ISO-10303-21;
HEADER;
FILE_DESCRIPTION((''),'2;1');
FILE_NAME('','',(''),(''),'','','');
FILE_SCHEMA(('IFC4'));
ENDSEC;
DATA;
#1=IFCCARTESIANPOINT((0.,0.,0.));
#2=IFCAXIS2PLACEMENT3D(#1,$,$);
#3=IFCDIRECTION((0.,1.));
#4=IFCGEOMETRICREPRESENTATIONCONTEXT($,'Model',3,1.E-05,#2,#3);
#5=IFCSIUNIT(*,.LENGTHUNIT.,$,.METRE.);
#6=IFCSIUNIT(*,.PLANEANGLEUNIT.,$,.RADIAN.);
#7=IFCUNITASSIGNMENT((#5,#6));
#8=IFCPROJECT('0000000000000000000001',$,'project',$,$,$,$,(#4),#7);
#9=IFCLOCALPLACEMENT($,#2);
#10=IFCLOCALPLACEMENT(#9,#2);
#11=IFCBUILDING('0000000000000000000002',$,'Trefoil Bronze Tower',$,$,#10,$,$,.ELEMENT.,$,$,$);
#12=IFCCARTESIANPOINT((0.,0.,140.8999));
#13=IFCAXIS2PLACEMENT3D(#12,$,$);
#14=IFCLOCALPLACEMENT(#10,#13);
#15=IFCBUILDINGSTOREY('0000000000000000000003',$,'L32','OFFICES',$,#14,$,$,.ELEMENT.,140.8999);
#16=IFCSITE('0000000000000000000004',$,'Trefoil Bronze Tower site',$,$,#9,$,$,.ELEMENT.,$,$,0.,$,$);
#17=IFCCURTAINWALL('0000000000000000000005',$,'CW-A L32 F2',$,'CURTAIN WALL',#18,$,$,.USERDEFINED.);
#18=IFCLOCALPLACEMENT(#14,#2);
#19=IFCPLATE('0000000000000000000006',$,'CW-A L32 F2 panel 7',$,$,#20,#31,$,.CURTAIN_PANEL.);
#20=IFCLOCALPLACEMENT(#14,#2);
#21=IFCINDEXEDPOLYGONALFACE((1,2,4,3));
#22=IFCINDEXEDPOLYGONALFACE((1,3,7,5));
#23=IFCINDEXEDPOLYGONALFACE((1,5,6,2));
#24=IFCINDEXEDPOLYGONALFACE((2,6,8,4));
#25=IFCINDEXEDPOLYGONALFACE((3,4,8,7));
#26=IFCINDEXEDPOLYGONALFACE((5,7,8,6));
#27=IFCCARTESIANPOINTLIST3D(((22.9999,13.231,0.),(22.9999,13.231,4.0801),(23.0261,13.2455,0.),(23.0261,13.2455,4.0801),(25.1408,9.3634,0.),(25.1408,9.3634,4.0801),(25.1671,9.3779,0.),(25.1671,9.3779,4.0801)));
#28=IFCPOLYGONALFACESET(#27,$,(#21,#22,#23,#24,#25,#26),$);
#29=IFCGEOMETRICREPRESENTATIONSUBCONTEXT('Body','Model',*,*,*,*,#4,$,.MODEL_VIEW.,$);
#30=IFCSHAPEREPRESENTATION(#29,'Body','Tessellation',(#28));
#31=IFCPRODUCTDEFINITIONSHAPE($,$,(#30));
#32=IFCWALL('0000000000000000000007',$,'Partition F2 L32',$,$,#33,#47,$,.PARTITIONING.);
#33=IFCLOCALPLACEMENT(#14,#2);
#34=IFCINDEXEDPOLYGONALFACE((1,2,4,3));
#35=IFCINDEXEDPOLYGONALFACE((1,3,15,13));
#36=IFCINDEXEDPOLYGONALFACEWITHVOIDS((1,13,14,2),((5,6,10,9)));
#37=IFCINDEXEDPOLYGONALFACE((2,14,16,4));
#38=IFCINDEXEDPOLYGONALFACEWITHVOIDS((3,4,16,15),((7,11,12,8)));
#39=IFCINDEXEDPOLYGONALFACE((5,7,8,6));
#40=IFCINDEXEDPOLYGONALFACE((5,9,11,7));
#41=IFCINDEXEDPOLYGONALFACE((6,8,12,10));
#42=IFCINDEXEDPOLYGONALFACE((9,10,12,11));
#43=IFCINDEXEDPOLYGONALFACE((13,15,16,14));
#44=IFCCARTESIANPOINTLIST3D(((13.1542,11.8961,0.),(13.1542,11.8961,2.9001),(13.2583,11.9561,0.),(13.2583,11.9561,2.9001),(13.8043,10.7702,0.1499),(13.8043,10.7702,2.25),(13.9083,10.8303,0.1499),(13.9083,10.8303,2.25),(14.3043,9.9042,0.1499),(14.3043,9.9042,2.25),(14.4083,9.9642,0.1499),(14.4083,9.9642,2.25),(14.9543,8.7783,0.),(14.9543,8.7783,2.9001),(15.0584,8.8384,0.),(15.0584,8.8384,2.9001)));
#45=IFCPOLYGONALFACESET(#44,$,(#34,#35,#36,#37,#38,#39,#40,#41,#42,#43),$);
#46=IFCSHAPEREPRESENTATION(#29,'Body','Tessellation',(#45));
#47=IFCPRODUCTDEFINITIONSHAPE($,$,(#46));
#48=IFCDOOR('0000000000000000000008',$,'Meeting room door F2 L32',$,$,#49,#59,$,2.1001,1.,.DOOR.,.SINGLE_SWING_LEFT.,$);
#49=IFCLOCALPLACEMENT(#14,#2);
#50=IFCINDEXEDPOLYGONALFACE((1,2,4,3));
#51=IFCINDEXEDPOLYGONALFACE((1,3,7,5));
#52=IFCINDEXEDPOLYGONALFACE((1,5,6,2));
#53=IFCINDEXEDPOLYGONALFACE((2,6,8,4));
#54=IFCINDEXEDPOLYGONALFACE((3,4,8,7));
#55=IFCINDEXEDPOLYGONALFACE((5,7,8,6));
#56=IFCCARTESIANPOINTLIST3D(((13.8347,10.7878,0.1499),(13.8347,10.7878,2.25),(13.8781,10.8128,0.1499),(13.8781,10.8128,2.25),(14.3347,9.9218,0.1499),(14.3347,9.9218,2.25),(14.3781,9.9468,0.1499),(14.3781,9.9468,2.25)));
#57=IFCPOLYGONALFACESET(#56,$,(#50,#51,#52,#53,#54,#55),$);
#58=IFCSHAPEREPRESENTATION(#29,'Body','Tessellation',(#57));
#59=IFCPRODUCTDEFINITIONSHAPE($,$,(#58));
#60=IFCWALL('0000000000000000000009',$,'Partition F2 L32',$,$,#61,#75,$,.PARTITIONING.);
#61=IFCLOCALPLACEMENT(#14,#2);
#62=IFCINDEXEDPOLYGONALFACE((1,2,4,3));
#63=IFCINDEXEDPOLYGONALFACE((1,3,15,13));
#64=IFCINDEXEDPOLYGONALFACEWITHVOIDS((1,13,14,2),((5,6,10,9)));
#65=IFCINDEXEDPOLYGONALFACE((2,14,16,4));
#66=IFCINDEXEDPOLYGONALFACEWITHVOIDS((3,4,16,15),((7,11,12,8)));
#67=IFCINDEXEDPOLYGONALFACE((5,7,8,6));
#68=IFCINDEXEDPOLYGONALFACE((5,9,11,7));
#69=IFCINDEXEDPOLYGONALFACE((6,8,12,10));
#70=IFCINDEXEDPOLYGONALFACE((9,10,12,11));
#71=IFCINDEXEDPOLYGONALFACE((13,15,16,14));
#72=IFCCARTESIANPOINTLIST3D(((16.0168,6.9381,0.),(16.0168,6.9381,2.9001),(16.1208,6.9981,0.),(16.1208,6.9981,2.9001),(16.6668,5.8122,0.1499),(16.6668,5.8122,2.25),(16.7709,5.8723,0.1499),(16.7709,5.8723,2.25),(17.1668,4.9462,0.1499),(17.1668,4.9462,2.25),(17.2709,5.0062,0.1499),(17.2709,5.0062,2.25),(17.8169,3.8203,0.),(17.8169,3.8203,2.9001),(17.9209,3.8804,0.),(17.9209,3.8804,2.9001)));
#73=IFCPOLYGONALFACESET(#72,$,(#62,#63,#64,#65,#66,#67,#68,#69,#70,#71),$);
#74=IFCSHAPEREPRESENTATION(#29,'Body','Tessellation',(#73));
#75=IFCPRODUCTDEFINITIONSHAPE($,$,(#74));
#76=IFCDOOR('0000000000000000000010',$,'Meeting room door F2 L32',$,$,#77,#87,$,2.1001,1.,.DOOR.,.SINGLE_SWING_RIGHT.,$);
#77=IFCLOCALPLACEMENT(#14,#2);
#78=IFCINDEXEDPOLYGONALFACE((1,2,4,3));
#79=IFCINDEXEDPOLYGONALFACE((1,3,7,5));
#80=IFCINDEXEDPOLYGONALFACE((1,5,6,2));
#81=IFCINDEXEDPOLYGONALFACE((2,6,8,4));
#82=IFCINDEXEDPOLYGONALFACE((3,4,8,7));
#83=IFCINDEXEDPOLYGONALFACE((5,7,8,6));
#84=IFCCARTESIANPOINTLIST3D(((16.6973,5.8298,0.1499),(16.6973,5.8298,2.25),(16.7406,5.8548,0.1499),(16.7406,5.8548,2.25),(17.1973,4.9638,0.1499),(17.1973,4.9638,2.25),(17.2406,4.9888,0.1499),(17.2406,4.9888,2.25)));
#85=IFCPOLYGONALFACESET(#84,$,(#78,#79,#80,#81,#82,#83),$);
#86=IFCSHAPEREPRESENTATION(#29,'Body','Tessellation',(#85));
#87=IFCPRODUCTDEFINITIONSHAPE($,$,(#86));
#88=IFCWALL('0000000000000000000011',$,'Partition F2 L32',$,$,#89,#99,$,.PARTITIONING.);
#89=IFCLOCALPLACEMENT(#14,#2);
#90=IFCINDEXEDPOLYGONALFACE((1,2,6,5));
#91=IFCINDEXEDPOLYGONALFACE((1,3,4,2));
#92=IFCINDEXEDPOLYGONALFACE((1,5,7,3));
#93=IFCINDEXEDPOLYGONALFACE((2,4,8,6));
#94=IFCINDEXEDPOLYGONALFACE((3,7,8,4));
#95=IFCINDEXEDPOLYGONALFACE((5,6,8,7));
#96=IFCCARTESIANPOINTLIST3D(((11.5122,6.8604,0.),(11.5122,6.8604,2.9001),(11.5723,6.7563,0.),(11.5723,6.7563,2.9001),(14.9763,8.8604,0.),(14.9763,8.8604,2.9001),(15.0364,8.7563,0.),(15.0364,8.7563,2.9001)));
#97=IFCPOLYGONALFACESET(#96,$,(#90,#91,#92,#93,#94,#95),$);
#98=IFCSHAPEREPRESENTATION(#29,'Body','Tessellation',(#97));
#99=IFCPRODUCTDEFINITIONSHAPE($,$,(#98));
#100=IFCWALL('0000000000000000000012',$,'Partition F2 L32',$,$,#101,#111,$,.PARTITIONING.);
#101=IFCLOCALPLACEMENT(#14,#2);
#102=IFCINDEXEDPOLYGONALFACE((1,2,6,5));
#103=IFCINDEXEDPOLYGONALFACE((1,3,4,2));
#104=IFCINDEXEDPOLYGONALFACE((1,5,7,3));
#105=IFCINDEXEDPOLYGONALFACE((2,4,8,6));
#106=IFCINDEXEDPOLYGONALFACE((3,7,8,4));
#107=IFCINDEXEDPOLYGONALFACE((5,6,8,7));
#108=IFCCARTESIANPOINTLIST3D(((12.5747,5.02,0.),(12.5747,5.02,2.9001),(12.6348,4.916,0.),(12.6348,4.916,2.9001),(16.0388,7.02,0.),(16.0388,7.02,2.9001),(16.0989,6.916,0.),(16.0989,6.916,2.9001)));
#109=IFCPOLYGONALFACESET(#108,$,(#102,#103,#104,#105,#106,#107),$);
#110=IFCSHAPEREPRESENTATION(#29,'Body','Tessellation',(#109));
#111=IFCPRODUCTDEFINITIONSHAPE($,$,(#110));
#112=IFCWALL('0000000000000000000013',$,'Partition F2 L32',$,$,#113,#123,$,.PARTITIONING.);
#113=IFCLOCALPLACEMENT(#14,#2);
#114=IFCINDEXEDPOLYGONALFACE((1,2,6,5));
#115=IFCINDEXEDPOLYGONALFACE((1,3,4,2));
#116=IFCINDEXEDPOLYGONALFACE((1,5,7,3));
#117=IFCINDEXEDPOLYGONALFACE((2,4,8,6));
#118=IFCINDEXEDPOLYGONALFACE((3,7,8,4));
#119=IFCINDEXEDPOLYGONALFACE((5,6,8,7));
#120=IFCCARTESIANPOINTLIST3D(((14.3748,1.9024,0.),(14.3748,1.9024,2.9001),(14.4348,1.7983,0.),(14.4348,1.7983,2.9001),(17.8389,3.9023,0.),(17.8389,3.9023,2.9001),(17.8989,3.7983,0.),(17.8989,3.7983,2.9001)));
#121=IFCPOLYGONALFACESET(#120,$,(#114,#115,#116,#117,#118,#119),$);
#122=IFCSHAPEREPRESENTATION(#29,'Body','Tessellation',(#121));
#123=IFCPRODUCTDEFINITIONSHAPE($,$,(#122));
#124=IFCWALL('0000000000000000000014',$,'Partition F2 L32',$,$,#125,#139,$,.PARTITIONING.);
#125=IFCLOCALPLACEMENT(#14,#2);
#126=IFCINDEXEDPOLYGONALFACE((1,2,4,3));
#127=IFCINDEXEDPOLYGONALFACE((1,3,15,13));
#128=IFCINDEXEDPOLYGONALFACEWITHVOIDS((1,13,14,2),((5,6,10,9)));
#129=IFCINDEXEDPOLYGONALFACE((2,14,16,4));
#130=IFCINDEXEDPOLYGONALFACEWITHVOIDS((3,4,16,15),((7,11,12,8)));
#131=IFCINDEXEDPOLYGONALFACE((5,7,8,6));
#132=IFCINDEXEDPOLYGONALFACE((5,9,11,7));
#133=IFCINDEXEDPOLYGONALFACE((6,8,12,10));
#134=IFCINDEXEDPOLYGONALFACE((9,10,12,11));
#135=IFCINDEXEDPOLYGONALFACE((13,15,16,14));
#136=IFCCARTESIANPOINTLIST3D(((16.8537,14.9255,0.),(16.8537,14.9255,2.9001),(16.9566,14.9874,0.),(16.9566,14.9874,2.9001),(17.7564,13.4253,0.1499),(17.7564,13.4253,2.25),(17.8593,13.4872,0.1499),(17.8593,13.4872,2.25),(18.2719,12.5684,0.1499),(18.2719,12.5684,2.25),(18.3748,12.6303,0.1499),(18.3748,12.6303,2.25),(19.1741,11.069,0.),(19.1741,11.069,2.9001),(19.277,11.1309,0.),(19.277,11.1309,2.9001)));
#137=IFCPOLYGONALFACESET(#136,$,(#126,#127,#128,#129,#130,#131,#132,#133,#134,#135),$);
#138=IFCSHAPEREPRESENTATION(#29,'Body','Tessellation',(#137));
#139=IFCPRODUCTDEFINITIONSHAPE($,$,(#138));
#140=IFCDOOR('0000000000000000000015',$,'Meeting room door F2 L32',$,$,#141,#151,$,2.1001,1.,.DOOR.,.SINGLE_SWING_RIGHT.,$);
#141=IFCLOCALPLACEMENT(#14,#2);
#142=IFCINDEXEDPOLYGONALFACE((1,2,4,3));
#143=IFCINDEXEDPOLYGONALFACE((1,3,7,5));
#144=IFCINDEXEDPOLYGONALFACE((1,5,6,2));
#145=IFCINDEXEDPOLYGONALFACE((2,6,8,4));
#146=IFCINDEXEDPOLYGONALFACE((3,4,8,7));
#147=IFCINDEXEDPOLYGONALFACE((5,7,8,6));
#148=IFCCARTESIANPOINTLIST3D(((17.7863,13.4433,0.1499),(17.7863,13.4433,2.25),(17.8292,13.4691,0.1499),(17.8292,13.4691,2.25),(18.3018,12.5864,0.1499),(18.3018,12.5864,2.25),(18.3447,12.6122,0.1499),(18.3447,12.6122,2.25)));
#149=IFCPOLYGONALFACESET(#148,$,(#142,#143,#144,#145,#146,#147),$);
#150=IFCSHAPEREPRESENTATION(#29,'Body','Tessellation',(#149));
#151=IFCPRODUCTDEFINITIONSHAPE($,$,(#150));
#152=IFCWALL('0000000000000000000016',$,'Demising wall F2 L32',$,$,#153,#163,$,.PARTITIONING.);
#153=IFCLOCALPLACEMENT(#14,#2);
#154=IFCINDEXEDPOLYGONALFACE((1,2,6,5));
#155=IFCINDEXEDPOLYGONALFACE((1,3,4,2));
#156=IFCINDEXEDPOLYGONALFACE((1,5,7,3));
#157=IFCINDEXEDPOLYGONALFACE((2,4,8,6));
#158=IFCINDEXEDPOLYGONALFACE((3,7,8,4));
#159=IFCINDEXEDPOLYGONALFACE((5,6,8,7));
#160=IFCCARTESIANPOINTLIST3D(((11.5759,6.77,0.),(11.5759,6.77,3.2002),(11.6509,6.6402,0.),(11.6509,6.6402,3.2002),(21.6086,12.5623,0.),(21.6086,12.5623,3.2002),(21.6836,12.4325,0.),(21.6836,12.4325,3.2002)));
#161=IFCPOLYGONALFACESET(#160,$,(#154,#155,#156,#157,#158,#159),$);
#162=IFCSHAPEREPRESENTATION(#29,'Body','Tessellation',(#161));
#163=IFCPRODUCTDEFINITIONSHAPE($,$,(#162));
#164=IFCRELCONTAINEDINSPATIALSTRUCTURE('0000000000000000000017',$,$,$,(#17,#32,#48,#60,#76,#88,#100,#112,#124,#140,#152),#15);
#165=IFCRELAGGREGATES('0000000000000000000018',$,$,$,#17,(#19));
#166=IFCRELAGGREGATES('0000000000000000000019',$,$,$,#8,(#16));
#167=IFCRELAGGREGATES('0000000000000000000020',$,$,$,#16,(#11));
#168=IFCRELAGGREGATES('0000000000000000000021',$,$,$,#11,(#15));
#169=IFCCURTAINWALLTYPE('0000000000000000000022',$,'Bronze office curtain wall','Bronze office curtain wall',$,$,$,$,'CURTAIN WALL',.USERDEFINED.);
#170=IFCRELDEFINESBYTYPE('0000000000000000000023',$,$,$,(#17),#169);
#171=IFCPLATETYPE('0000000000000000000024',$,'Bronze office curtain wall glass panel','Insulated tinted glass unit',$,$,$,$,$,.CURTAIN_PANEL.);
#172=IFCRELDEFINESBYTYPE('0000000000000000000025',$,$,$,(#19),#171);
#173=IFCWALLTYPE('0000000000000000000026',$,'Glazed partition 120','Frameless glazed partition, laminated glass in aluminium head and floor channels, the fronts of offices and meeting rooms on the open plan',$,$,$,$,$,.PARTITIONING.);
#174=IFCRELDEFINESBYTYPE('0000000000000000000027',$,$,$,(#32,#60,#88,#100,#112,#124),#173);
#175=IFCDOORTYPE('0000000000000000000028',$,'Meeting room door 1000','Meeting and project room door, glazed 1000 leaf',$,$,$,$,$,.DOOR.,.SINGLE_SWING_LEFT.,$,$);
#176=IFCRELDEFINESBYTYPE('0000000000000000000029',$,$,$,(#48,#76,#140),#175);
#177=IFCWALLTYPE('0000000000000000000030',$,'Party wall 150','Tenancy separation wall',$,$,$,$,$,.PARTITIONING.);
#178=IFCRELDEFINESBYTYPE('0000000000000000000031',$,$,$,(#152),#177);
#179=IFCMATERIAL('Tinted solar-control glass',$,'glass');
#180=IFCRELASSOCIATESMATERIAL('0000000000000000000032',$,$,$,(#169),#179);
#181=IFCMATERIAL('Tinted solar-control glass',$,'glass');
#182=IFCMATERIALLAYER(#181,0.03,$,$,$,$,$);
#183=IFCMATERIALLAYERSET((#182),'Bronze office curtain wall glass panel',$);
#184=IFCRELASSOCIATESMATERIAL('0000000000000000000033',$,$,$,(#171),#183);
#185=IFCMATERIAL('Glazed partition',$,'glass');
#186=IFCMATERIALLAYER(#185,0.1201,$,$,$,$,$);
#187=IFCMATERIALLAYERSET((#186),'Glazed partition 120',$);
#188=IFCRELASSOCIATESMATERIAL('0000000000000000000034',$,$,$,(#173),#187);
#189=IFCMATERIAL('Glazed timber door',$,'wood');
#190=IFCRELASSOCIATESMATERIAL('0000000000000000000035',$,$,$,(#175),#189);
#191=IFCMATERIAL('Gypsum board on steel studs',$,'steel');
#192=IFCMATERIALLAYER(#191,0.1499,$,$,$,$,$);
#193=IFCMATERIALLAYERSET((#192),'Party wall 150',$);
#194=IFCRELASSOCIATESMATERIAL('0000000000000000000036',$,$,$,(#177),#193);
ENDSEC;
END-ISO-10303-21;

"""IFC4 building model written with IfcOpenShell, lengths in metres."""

from ifc_helpers import new_model, si_unit, direction, frame, frame_2d, origin, origin_2d, place, context, subcontext, project, spatial, rectangle, extrude, material, layer, layer_set, type_object, element, fill, aggregate, save


model = new_model("IFC4")

# Units and contexts
model_context = context("Model", 3, precision=1e-05, world=origin(), true_north=direction((0.0, 1.0)))
body_context = subcontext(model_context, "Body", "Model", "MODEL_VIEW")
ifc_project = project(units=[si_unit("LENGTHUNIT", "METRE"), si_unit("PLANEANGLEUNIT", "RADIAN")], contexts=[model_context])

# Site, building, storey
site_placement = place(None, origin())
site = spatial("IfcSite", under=ifc_project, at=site_placement, Name="Trefoil Bronze Tower site", CompositionType="ELEMENT", RefElevation=0.0)
building_placement = place(site_placement, origin())
building = spatial("IfcBuilding", under=site, at=building_placement, Name="Trefoil Bronze Tower", CompositionType="ELEMENT")
storey_placement = place(building_placement, frame((0.0, 0.0, 140.8999)))
storey = spatial("IfcBuildingStorey", under=building, at=storey_placement, Name="L32", Description="OFFICES", CompositionType="ELEMENT", Elevation=140.8999)

# Curtain wall, plate
ifc_material_1 = material(Name="Tinted solar-control glass", Category="glass")
curtain_wall_type = type_object("IfcCurtainWallType", Name="Bronze office curtain wall", Description="Bronze office curtain wall", ElementType="CURTAIN WALL", PredefinedType="USERDEFINED", material=ifc_material_1)
curtain_wall_placement = place(storey_placement, origin())
curtain_wall = element("IfcCurtainWall", 1, at=curtain_wall_placement, inside=storey, type_object=curtain_wall_type, Name="CW-A L32 F2", ObjectType="CURTAIN WALL", PredefinedType="USERDEFINED")
ifc_material_2 = material(Name="Tinted solar-control glass", Category="glass")
ifc_layer_1 = layer(ifc_material_2, 0.03)
ifc_layer_set_1 = layer_set([ifc_layer_1], Name="Bronze office curtain wall glass panel")
plate_type = type_object("IfcPlateType", Name="Bronze office curtain wall glass panel", Description="Insulated tinted glass unit", PredefinedType="CURTAIN_PANEL", material=ifc_layer_set_1)
plate_placement = place(storey_placement, frame((24.0835, 11.3044, 0.0), z_axis=(0.0, 0.0, 1.0), x_axis=(-0.484312, 0.874895, 0.0)))
plate = element("IfcPlate", 2, at=plate_placement, type_object=plate_type, Name="CW-A L32 F2 panel 7", PredefinedType="CURTAIN_PANEL", context=body_context, shape_type="SweptSolid", body=[
    extrude(rectangle(XDim=4.4207, YDim=0.03, at=origin_2d()), origin(), (0.0, 0.0, 1.0), 4.0801),
])
aggregate(curtain_wall, [plate])

# Walls, openings, doors
ifc_material_3 = material(Name="Glazed partition", Category="glass")
ifc_layer_2 = layer(ifc_material_3, 0.1201)
ifc_layer_set_2 = layer_set([ifc_layer_2], Name="Glazed partition 120")
wall_type_1 = type_object("IfcWallType", Name="Glazed partition 120", Description="Frameless glazed partition, laminated glass in aluminium head and floor channels, the fronts of offices and meeting rooms on the open plan", PredefinedType="PARTITIONING", material=ifc_layer_set_2)
wall_1_placement = place(storey_placement, frame((15.0063, 8.8083, 0.0), z_axis=(0.0, 0.0, 1.0), x_axis=(-0.500012, 0.866018, 0.0)))
wall_1 = element("IfcWall", 3, at=wall_1_placement, inside=storey, type_object=wall_type_1, Name="Partition F2 L32", PredefinedType="PARTITIONING", context=body_context, shape_type="SweptSolid", body=[
    extrude(rectangle(XDim=3.6001, YDim=0.1201, at=frame_2d((1.8, 0.0))), origin(), (0.0, 0.0, 1.0), 2.9001),
])
opening_1_placement = place(wall_1_placement, frame((1.3, 0.0, 0.1499)))
opening_1 = element("IfcOpeningElement", 4, at=opening_1_placement, cuts=wall_1, PredefinedType="OPENING", context=body_context, shape_type="SweptSolid", body=[
    extrude(rectangle(XDim=1.0, YDim=2.1001, at=frame_2d((0.5, 1.05))), frame((0.0, 0.0701, 0.0), z_axis=(0.0, -1.0, 0.0), x_axis=(1.0, 0.0, 0.0)), (0.0, 0.0, 1.0), 0.1401),
])
ifc_material_4 = material(Name="Glazed timber door", Category="wood")
door_type_1 = type_object("IfcDoorType", Name="Meeting room door 1000", Description="Meeting and project room door, glazed 1000 leaf", OperationType="SINGLE_SWING_LEFT", PredefinedType="DOOR", material=ifc_material_4)
door_1_placement = place(opening_1_placement, origin())
door_1 = element("IfcDoor", 5, at=door_1_placement, inside=storey, type_object=door_type_1, Name="Meeting room door F2 L32", OperationType="SINGLE_SWING_LEFT", OverallHeight=2.1001, OverallWidth=1.0, PredefinedType="DOOR", context=body_context, shape_type="SweptSolid", body=[
    extrude(rectangle(XDim=1.0, YDim=2.1001, at=frame_2d((0.5, 1.05))), frame((0.0, 0.0249, 0.0), z_axis=(0.0, -1.0, 0.0), x_axis=(1.0, 0.0, 0.0)), (0.0, 0.0, 1.0), 0.05),
])
fill(opening_1, door_1)
wall_2_placement = place(storey_placement, frame((17.8689, 3.8503, 0.0), z_axis=(0.0, 0.0, 1.0), x_axis=(-0.500012, 0.866018, 0.0)))
wall_2 = element("IfcWall", 6, at=wall_2_placement, inside=storey, type_object=wall_type_1, Name="Partition F2 L32", PredefinedType="PARTITIONING", context=body_context, shape_type="SweptSolid", body=[
    extrude(rectangle(XDim=3.6001, YDim=0.1201, at=frame_2d((1.8, 0.0))), origin(), (0.0, 0.0, 1.0), 2.9001),
])
opening_2_placement = place(wall_2_placement, frame((1.3, 0.0, 0.1499)))
opening_2 = element("IfcOpeningElement", 7, at=opening_2_placement, cuts=wall_2, PredefinedType="OPENING", context=body_context, shape_type="SweptSolid", body=[
    extrude(rectangle(XDim=1.0, YDim=2.1001, at=frame_2d((0.5, 1.05))), frame((0.0, 0.0701, 0.0), z_axis=(0.0, -1.0, 0.0), x_axis=(1.0, 0.0, 0.0)), (0.0, 0.0, 1.0), 0.1401),
])
door_2_placement = place(opening_2_placement, origin())
door_2 = element("IfcDoor", 8, at=door_2_placement, inside=storey, type_object=door_type_1, Name="Meeting room door F2 L32", OperationType="SINGLE_SWING_RIGHT", OverallHeight=2.1001, OverallWidth=1.0, PredefinedType="DOOR", context=body_context, shape_type="SweptSolid", body=[
    extrude(rectangle(XDim=1.0, YDim=2.1001, at=frame_2d((0.5, 1.05))), frame((0.0, 0.0249, 0.0), z_axis=(0.0, -1.0, 0.0), x_axis=(1.0, 0.0, 0.0)), (0.0, 0.0, 1.0), 0.05),
])
fill(opening_2, door_2)

# Walls
for number, where, z_axis, x_axis, name in (
    (9, (11.5422, 6.8083, 0.0), (0.0, 0.0, 1.0), (0.866026, 0.499999, 0.0), "Partition F2 L32"),
    (10, (12.6047, 4.968, 0.0), (0.0, 0.0, 1.0), (0.866026, 0.499999, 0.0), "Partition F2 L32"),
    (11, (14.4048, 1.8503, 0.0), (0.0, 0.0, 1.0), (0.866026, 0.499999, 0.0), "Partition F2 L32"),
):
    element("IfcWall", number, at=place(storey_placement, frame(where, z_axis=z_axis, x_axis=x_axis)), inside=storey, type_object=wall_type_1, Name=name, PredefinedType="PARTITIONING", context=body_context, shape_type="SweptSolid", body=[
        extrude(rectangle(XDim=4.0, YDim=0.1201, at=frame_2d((2.0, 0.0))), origin(), (0.0, 0.0, 1.0), 2.9001),
    ])

# Wall, opening, door
wall_3_placement = place(storey_placement, frame((19.2256, 11.0999, 0.0), z_axis=(0.0, 0.0, 1.0), x_axis=(-0.515548, 0.85686, 0.0)))
wall_3 = element("IfcWall", 12, at=wall_3_placement, inside=storey, type_object=wall_type_1, Name="Partition F2 L32", PredefinedType="PARTITIONING", context=body_context, shape_type="SweptSolid", body=[
    extrude(rectangle(XDim=4.5007, YDim=0.1201, at=frame_2d((2.2505, 0.0))), origin(), (0.0, 0.0, 1.0), 2.9001),
])
opening_3_placement = place(wall_3_placement, frame((1.75, 0.0, 0.1499)))
opening_3 = element("IfcOpeningElement", 13, at=opening_3_placement, cuts=wall_3, PredefinedType="OPENING", context=body_context, shape_type="SweptSolid", body=[
    extrude(rectangle(XDim=1.0, YDim=2.1001, at=frame_2d((0.5, 1.05))), frame((0.0, 0.0701, 0.0), z_axis=(0.0, -1.0, 0.0), x_axis=(1.0, 0.0, 0.0)), (0.0, 0.0, 1.0), 0.1401),
])
door_3_placement = place(opening_3_placement, frame((1.0, 0.0, 0.0), z_axis=(0.0, 0.0, 1.0), x_axis=(-1.0, 0.0, 0.0)))
door_3 = element("IfcDoor", 14, at=door_3_placement, inside=storey, type_object=door_type_1, Name="Meeting room door F2 L32", OperationType="SINGLE_SWING_RIGHT", OverallHeight=2.1001, OverallWidth=1.0, PredefinedType="DOOR", context=body_context, shape_type="SweptSolid", body=[
    extrude(rectangle(XDim=1.0, YDim=2.1001, at=frame_2d((0.5, 1.05))), frame((0.0, 0.0249, 0.0), z_axis=(0.0, -1.0, 0.0), x_axis=(1.0, 0.0, 0.0)), (0.0, 0.0, 1.0), 0.05),
])
fill(opening_3, door_3)

# Wall
ifc_material_5 = material(Name="Gypsum board on steel studs", Category="steel")
ifc_layer_3 = layer(ifc_material_5, 0.1499)
ifc_layer_set_3 = layer_set([ifc_layer_3], Name="Party wall 150")
wall_type_2 = type_object("IfcWallType", Name="Party wall 150", Description="Tenancy separation wall", PredefinedType="PARTITIONING", material=ifc_layer_set_3)
wall_4_placement = place(storey_placement, frame((11.6133, 6.7051, 0.0), z_axis=(0.0, 0.0, 1.0), x_axis=(0.866031, 0.49999, 0.0)))
element("IfcWall", 15, at=wall_4_placement, inside=storey, type_object=wall_type_2, Name="Demising wall F2 L32", PredefinedType="PARTITIONING", context=body_context, shape_type="SweptSolid", body=[
    extrude(rectangle(XDim=11.5847, YDim=0.1499, at=frame_2d((5.7925, 0.0))), origin(), (0.0, 0.0, 1.0), 3.2002),
])

save(model, "model.ifc")
